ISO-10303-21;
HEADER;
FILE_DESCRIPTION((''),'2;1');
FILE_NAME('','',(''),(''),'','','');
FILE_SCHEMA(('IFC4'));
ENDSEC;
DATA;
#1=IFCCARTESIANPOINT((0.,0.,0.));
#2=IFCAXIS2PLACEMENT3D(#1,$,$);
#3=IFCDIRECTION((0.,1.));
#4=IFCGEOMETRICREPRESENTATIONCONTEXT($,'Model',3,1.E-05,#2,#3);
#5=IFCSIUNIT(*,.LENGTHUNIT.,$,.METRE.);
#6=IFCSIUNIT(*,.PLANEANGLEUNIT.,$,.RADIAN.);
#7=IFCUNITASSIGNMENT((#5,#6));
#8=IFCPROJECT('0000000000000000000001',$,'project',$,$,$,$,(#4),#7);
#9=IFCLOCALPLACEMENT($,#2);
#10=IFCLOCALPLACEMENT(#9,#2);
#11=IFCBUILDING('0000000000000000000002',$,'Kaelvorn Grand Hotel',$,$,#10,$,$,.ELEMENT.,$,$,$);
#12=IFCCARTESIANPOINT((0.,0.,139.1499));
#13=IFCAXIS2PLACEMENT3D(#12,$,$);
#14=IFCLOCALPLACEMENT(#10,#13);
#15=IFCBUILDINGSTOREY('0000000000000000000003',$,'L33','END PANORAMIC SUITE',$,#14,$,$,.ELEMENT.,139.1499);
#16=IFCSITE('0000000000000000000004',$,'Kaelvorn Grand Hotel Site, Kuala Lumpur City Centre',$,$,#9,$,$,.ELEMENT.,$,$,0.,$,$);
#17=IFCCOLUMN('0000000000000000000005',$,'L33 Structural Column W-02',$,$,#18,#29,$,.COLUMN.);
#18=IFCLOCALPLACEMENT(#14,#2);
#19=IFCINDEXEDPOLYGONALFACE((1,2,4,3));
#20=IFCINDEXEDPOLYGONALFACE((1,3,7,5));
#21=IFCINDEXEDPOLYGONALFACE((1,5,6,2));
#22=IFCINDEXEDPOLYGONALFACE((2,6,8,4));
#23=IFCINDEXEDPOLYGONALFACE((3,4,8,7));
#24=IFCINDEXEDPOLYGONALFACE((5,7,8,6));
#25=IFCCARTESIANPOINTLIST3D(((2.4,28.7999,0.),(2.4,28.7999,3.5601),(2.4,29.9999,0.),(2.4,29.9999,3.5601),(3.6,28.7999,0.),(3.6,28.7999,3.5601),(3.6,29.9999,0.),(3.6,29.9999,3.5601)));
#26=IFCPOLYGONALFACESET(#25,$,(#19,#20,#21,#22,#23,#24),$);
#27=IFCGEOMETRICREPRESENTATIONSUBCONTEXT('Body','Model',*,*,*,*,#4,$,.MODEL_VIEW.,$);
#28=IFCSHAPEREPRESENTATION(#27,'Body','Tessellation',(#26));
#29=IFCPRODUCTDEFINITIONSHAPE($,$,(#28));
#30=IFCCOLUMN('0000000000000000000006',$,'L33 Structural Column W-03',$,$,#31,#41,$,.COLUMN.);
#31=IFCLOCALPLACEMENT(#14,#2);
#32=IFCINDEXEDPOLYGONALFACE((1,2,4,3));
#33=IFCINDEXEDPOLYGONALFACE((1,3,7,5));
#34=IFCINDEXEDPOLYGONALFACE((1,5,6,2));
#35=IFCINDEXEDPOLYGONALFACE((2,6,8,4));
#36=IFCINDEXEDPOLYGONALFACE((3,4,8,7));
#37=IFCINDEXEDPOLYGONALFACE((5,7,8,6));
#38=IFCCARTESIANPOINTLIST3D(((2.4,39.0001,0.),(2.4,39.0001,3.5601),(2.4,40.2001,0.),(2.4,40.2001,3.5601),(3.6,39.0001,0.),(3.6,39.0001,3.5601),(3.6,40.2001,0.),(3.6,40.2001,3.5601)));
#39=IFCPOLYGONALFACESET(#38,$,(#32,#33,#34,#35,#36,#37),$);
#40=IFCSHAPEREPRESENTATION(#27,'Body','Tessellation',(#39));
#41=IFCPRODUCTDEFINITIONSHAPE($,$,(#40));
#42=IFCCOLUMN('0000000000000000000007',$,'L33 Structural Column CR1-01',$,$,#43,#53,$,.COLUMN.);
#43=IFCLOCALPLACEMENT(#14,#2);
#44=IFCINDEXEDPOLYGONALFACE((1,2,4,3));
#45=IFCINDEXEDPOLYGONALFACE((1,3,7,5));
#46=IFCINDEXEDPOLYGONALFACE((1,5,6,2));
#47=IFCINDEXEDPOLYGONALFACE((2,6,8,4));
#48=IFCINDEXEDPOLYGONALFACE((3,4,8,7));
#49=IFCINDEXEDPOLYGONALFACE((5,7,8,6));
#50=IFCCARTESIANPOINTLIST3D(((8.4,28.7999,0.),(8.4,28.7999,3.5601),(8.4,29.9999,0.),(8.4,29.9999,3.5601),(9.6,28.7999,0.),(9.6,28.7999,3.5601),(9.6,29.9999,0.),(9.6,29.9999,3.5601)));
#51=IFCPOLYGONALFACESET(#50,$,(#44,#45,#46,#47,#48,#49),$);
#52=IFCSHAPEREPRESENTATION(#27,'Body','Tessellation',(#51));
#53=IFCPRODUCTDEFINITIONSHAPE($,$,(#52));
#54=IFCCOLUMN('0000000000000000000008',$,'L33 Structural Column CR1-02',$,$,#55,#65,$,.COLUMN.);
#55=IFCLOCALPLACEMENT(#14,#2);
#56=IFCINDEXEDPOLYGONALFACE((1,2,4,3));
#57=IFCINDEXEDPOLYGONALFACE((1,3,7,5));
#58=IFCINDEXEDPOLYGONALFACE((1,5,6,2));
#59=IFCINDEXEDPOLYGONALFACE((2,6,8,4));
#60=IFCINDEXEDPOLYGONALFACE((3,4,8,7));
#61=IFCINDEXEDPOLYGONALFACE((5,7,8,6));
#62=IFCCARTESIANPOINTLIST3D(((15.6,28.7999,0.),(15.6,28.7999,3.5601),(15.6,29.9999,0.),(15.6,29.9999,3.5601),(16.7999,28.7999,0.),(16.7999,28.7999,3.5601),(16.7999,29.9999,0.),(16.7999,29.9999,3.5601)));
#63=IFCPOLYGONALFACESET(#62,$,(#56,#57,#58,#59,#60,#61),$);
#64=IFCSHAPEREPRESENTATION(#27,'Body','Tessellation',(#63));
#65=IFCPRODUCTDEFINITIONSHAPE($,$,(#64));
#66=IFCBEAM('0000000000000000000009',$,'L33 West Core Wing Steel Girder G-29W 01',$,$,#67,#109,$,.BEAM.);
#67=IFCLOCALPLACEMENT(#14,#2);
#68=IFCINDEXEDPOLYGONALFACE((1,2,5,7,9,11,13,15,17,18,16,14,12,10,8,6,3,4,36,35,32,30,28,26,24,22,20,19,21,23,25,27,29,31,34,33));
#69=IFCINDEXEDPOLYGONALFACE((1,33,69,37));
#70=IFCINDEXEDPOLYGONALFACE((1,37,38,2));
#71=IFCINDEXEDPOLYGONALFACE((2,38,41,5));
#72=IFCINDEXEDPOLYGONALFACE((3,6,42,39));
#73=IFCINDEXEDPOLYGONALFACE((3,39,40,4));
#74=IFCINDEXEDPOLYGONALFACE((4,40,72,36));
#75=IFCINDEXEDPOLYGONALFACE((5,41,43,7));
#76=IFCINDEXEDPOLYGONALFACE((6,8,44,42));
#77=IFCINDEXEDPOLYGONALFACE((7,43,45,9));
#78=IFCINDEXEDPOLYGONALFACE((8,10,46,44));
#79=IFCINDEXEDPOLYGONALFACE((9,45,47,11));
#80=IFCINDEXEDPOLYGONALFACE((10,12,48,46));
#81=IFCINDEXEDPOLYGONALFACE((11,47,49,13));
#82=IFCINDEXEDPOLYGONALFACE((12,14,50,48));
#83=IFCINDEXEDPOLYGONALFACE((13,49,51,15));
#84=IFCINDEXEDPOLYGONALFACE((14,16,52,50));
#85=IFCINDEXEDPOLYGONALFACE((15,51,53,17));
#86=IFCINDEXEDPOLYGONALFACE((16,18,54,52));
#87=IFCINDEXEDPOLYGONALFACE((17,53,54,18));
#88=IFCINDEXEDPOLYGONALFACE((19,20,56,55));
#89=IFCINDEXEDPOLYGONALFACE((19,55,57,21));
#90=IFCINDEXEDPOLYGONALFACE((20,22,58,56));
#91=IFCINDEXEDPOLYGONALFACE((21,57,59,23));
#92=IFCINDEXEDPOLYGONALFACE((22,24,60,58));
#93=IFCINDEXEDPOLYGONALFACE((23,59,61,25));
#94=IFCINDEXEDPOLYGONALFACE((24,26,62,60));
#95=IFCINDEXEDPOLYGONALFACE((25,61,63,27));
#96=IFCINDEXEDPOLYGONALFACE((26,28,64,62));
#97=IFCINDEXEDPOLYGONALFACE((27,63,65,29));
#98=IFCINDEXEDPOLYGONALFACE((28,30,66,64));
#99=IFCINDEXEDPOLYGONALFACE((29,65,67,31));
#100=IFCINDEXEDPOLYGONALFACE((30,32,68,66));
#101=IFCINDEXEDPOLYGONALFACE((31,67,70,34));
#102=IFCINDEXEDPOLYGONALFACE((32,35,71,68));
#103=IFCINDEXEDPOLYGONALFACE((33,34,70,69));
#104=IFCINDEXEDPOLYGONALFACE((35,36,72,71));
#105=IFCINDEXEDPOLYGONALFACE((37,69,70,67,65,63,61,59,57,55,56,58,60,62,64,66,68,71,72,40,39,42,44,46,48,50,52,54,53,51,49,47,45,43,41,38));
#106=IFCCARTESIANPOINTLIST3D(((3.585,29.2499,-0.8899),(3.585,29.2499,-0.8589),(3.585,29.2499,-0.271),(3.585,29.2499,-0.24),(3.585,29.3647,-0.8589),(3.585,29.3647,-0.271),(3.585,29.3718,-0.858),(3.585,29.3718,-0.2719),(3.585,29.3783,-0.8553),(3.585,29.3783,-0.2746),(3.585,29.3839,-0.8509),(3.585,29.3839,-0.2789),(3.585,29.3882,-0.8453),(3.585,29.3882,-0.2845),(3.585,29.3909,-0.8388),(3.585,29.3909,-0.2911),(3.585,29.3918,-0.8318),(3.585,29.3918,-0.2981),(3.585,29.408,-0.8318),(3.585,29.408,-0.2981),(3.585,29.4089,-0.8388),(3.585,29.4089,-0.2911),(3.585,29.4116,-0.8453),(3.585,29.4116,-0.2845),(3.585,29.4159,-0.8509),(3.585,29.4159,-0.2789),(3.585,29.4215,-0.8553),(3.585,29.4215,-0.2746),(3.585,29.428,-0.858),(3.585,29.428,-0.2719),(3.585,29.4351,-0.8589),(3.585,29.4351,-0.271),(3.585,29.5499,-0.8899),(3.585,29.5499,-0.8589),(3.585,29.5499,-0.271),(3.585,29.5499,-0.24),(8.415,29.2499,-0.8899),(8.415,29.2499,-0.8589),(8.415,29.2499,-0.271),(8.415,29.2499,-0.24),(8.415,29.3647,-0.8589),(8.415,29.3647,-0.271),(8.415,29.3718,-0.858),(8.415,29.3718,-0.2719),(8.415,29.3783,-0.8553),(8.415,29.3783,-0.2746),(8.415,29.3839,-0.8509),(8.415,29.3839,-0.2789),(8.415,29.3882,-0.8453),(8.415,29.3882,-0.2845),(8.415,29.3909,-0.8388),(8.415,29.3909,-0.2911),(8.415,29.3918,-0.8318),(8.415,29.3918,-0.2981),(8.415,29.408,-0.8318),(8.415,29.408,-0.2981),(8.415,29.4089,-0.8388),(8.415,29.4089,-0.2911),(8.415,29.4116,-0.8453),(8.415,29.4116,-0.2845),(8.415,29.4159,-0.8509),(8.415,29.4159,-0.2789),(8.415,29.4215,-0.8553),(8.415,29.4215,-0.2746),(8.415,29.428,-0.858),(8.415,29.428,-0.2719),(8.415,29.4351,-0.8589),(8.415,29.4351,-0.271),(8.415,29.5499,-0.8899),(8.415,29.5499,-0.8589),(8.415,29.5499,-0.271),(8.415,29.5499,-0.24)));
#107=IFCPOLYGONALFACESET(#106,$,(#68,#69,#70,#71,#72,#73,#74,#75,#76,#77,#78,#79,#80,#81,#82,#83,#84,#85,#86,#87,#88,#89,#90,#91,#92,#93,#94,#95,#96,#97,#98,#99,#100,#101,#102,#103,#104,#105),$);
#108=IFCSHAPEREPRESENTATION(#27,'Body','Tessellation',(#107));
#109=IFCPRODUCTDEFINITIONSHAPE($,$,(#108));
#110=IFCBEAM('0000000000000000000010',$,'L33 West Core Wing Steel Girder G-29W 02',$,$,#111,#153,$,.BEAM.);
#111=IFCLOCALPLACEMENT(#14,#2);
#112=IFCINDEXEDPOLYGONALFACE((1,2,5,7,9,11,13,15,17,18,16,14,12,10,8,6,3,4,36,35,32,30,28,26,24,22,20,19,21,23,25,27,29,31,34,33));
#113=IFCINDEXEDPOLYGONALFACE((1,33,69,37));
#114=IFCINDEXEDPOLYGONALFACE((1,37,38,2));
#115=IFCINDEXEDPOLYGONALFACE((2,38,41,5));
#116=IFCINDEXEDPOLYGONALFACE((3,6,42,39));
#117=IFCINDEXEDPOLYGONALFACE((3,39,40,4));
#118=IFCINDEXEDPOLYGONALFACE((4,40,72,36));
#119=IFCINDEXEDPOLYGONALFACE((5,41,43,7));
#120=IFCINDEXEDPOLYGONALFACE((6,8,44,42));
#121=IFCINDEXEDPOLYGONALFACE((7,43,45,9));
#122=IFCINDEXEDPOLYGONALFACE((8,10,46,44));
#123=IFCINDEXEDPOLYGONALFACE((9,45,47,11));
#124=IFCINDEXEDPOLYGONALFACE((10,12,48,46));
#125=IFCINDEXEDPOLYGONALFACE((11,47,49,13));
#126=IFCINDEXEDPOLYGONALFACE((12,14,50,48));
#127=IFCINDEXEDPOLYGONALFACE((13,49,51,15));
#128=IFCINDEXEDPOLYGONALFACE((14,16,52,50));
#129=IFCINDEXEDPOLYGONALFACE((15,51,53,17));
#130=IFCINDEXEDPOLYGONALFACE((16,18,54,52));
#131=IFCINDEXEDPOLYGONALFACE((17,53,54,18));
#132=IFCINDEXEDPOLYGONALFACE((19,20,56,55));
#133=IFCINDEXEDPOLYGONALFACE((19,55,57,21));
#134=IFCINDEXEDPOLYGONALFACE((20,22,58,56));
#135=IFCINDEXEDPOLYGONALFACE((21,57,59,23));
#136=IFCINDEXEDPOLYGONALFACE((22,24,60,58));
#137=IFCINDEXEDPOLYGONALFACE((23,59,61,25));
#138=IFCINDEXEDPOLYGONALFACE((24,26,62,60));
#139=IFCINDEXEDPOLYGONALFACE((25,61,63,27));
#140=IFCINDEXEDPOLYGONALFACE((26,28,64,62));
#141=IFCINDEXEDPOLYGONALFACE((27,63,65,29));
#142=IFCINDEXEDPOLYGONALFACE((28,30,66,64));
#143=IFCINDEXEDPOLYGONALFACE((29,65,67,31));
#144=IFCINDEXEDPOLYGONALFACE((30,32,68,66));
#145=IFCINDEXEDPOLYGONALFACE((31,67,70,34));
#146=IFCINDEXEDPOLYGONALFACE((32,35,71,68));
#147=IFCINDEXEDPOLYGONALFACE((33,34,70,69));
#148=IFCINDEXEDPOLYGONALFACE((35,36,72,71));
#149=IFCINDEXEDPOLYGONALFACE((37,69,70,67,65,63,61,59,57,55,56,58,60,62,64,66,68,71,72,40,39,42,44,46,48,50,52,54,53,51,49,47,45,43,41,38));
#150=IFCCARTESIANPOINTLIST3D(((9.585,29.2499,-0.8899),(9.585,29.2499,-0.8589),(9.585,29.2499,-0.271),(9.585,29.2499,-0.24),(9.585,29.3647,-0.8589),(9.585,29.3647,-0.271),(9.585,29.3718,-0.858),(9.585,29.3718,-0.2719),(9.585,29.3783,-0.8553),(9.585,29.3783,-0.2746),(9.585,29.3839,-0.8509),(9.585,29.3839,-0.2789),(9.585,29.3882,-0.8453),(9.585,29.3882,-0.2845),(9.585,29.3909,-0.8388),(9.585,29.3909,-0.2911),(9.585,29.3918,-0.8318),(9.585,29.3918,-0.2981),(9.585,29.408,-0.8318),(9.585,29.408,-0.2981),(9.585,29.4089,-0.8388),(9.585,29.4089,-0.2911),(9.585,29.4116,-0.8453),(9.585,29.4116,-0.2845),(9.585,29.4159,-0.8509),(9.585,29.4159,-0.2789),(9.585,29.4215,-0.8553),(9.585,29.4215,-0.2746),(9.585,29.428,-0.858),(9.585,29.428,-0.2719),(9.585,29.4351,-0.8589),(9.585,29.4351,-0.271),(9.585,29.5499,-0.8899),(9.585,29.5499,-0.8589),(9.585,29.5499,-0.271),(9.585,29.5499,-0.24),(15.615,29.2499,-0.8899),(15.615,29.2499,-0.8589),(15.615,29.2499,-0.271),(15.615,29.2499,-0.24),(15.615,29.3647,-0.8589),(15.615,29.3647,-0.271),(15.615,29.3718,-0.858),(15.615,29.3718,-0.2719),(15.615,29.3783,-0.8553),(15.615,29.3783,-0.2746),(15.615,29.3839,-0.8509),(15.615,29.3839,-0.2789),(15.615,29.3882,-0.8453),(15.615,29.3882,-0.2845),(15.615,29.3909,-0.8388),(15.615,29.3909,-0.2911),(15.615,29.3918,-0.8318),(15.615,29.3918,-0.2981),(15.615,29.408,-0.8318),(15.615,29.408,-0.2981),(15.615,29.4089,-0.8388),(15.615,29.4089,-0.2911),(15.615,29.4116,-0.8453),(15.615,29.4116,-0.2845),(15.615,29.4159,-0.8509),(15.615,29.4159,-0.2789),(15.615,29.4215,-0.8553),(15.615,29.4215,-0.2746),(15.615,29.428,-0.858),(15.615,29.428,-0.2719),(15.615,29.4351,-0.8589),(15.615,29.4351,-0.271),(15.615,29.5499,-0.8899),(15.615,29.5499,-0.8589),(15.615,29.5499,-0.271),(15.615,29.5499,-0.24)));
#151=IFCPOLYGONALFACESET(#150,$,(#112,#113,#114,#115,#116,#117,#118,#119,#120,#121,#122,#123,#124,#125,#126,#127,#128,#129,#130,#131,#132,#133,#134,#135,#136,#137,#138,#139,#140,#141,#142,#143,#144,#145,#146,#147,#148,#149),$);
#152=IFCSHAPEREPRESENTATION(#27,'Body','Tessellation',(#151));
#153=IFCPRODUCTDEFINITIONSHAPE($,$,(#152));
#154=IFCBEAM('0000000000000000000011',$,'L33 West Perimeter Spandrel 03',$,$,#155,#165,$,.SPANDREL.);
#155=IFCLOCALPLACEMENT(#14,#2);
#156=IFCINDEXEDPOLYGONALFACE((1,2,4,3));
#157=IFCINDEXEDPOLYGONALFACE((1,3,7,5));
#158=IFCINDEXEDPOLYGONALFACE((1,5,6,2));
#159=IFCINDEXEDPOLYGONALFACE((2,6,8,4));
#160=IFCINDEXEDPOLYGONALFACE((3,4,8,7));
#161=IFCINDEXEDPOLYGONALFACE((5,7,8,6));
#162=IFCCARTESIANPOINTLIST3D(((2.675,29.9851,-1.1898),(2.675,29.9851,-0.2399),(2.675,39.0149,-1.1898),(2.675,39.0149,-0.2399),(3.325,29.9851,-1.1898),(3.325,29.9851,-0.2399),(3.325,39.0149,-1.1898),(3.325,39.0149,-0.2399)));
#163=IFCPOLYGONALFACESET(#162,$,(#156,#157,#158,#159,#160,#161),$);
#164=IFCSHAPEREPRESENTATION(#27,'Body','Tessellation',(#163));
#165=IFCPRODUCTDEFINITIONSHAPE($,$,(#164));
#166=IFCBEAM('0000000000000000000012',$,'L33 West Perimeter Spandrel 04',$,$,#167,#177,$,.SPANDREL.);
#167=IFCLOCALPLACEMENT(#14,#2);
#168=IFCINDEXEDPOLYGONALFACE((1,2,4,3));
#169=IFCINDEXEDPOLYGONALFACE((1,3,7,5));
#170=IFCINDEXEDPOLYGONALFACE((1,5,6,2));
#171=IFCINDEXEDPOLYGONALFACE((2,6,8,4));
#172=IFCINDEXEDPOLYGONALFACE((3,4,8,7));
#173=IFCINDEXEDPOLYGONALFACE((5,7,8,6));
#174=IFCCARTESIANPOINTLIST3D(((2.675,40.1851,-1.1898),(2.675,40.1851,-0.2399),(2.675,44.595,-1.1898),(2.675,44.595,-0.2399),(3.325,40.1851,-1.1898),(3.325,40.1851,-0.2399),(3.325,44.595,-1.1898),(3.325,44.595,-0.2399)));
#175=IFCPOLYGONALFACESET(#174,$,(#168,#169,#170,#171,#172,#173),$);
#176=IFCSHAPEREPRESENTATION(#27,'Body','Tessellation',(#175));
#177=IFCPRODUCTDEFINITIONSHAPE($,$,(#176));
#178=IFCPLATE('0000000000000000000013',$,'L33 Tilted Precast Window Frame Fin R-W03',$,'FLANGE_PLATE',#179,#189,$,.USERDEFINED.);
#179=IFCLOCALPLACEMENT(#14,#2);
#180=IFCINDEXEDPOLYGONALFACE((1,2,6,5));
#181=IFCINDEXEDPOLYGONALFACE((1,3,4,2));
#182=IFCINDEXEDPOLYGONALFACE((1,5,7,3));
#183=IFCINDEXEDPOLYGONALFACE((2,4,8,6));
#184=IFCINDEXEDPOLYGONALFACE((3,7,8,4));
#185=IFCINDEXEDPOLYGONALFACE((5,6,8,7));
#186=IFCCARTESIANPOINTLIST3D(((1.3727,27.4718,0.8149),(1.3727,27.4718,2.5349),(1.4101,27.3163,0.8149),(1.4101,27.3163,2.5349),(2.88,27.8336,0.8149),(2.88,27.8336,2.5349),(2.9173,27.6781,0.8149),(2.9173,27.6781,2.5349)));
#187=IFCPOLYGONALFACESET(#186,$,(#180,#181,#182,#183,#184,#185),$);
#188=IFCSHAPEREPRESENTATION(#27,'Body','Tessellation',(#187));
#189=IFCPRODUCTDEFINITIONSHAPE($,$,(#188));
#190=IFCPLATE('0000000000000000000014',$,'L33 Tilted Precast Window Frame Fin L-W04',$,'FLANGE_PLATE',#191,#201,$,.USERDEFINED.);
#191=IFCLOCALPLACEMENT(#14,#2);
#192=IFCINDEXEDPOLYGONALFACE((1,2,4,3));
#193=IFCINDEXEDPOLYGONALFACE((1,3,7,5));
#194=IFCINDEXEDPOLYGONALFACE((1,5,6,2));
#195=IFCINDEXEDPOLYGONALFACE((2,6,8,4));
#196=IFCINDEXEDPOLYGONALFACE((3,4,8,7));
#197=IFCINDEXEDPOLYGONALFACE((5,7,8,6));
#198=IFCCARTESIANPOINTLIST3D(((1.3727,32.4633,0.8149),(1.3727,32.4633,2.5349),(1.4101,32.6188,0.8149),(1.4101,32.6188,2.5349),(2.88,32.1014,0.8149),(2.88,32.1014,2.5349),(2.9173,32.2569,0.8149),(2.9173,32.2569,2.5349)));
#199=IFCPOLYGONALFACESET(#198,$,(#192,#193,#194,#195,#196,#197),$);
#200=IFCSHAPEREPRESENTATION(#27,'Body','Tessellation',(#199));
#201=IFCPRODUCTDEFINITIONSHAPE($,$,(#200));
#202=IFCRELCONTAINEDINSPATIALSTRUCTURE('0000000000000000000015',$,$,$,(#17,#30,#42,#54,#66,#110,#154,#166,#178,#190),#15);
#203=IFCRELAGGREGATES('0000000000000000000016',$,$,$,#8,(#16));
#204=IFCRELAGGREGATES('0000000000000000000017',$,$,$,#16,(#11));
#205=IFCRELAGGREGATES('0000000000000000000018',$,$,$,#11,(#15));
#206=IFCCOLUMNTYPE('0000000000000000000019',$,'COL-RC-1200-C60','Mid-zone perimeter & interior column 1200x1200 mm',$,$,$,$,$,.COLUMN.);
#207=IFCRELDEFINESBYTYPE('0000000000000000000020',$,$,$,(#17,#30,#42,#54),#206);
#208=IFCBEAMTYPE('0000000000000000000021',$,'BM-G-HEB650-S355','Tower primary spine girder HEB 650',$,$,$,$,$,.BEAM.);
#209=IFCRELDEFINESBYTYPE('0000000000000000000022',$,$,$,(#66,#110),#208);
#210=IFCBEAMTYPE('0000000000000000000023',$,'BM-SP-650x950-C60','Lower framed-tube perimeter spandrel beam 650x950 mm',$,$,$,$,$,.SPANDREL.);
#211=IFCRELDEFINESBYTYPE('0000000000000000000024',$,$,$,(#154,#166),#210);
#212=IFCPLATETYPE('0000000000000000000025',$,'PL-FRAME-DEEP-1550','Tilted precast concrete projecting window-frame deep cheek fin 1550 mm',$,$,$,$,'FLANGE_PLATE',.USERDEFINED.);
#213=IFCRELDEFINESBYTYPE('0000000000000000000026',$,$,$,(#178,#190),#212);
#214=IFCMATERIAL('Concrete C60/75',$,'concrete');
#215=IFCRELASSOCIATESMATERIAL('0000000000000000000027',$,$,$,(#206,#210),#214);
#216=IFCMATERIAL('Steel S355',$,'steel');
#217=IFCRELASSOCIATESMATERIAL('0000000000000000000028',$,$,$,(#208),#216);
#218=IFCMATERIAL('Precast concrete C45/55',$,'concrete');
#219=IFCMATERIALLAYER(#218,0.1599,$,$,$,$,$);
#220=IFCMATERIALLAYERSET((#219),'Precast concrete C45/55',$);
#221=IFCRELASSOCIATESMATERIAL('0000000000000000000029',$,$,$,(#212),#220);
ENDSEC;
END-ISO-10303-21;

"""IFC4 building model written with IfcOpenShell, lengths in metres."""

from ifc_helpers import new_model, si_unit, direction, frame, origin, origin_2d, place, context, subcontext, project, spatial, rectangle, i_section, extrude, material, layer, layer_set, material_profile, profile_set, type_object, element, save


model = new_model("IFC4")

# Units and contexts
model_context = context("Model", 3, precision=1e-05, world=origin(), true_north=direction((0.0, 1.0)))
body_context = subcontext(model_context, "Body", "Model", "MODEL_VIEW")
ifc_project = project(units=[si_unit("LENGTHUNIT", "METRE"), si_unit("PLANEANGLEUNIT", "RADIAN")], contexts=[model_context])

# Site, building, storey
site_placement = place(None, origin())
site = spatial("IfcSite", under=ifc_project, at=site_placement, Name="Kaelvorn Grand Hotel Site, Kuala Lumpur City Centre", CompositionType="ELEMENT", RefElevation=0.0)
building_placement = place(site_placement, origin())
building = spatial("IfcBuilding", under=site, at=building_placement, Name="Kaelvorn Grand Hotel", CompositionType="ELEMENT")
storey_placement = place(building_placement, frame((0.0, 0.0, 139.1499)))
storey = spatial("IfcBuildingStorey", under=building, at=storey_placement, Name="L33", Description="END PANORAMIC SUITE", CompositionType="ELEMENT", Elevation=139.1499)

# Columns
ifc_material_1 = material(Name="Concrete C60/75", Category="concrete")
ifc_material_profile_1 = material_profile(ifc_material_1, rectangle(XDim=1.2, YDim=1.2, at=origin_2d()), Name="RC COL 1200x1200")
ifc_profile_set_1 = profile_set([ifc_material_profile_1], Name="Concrete C60/75")
column_type = type_object("IfcColumnType", Name="COL-RC-1200-C60", Description="Mid-zone perimeter & interior column 1200x1200 mm", PredefinedType="COLUMN", material=ifc_profile_set_1)
for number, where, z_axis, x_axis, name in (
    (1, (3.0, 29.3999, 0.0), (0.0, 0.0, 1.0), (1.0, 0.0, 0.0), "L33 Structural Column W-02"),
    (2, (3.0, 39.6001, 0.0), (0.0, 0.0, 1.0), (1.0, 0.0, 0.0), "L33 Structural Column W-03"),
    (3, (9.0, 29.3999, 0.0), (0.0, 0.0, 1.0), (1.0, 0.0, 0.0), "L33 Structural Column CR1-01"),
    (4, (16.2, 29.3999, 0.0), (0.0, 0.0, 1.0), (1.0, 0.0, 0.0), "L33 Structural Column CR1-02"),
):
    element("IfcColumn", number, at=place(storey_placement, frame(where, z_axis=z_axis, x_axis=x_axis)), inside=storey, type_object=column_type, Name=name, PredefinedType="COLUMN", context=body_context, shape_type="SweptSolid", body=[
        extrude(rectangle(XDim=1.2, YDim=1.2, at=origin_2d()), origin(), (0.0, 0.0, 1.0), 3.5601),
    ])

# Beams
ifc_material_2 = material(Name="Steel S355", Category="steel")
ifc_material_profile_2 = material_profile(ifc_material_2, i_section(OverallWidth=0.3, OverallDepth=0.6499, WebThickness=0.0161, FlangeThickness=0.031, FilletRadius=0.0271, at=origin_2d()), Name="HEB 650")
ifc_profile_set_2 = profile_set([ifc_material_profile_2], Name="Steel S355")
beam_type_1 = type_object("IfcBeamType", Name="BM-G-HEB650-S355", Description="Tower primary spine girder HEB 650", PredefinedType="BEAM", material=ifc_profile_set_2)
beam_1_placement = place(storey_placement, frame((3.585, 29.3999, -0.5649), z_axis=(1.0, 0.0, 0.0), x_axis=(0.0, 1.0, 0.0)))
element("IfcBeam", 5, at=beam_1_placement, inside=storey, type_object=beam_type_1, Name="L33 West Core Wing Steel Girder G-29W 01", PredefinedType="BEAM", context=body_context, shape_type="SweptSolid", body=[
    extrude(i_section(OverallWidth=0.3, OverallDepth=0.6499, WebThickness=0.0161, FlangeThickness=0.031, FilletRadius=0.0271, at=origin_2d()), origin(), (0.0, 0.0, 1.0), 4.8301),
])
beam_2_placement = place(storey_placement, frame((9.585, 29.3999, -0.5649), z_axis=(1.0, 0.0, 0.0), x_axis=(0.0, 1.0, 0.0)))
element("IfcBeam", 6, at=beam_2_placement, inside=storey, type_object=beam_type_1, Name="L33 West Core Wing Steel Girder G-29W 02", PredefinedType="BEAM", context=body_context, shape_type="SweptSolid", body=[
    extrude(i_section(OverallWidth=0.3, OverallDepth=0.6499, WebThickness=0.0161, FlangeThickness=0.031, FilletRadius=0.0271, at=origin_2d()), origin(), (0.0, 0.0, 1.0), 6.03),
])
ifc_material_profile_3 = material_profile(ifc_material_1, rectangle(XDim=0.6499, YDim=0.95, at=origin_2d()), Name="RC SPANDREL 650x950")
ifc_profile_set_3 = profile_set([ifc_material_profile_3], Name="Concrete C60/75")
beam_type_2 = type_object("IfcBeamType", Name="BM-SP-650x950-C60", Description="Lower framed-tube perimeter spandrel beam 650x950 mm", PredefinedType="SPANDREL", material=ifc_profile_set_3)
beam_3_placement = place(storey_placement, frame((3.0, 29.9851, -0.7148), z_axis=(0.0, 1.0, 0.0), x_axis=(-1.0, 0.0, 0.0)))
element("IfcBeam", 7, at=beam_3_placement, inside=storey, type_object=beam_type_2, Name="L33 West Perimeter Spandrel 03", PredefinedType="SPANDREL", context=body_context, shape_type="SweptSolid", body=[
    extrude(rectangle(XDim=0.6499, YDim=0.95, at=origin_2d()), origin(), (0.0, 0.0, 1.0), 9.0298),
])
beam_4_placement = place(storey_placement, frame((3.0, 40.1851, -0.7148), z_axis=(0.0, 1.0, 0.0), x_axis=(-1.0, 0.0, 0.0)))
element("IfcBeam", 8, at=beam_4_placement, inside=storey, type_object=beam_type_2, Name="L33 West Perimeter Spandrel 04", PredefinedType="SPANDREL", context=body_context, shape_type="SweptSolid", body=[
    extrude(rectangle(XDim=0.6499, YDim=0.95, at=origin_2d()), origin(), (0.0, 0.0, 1.0), 4.4099),
])

# Plates
ifc_material_3 = material(Name="Precast concrete C45/55", Category="concrete")
ifc_layer_1 = layer(ifc_material_3, 0.1599)
ifc_layer_set_1 = layer_set([ifc_layer_1], Name="Precast concrete C45/55")
plate_type_1 = type_object("IfcPlateType", Name="PL-FRAME-DEEP-1550", Description="Tilted precast concrete projecting window-frame deep cheek fin 1550 mm", ElementType="FLANGE_PLATE", PredefinedType="USERDEFINED", material=ifc_layer_set_1)
for number, where, z_axis, x_axis, name in (
    (9, (2.145, 27.575, 0.8149), (0.0, 0.0, 1.0), (-0.233445, 0.97237, 0.0), "L33 Tilted Precast Window Frame Fin R-W03"),
    (10, (2.145, 32.3601, 0.8149), (0.0, 0.0, 1.0), (0.233445, 0.97237, 0.0), "L33 Tilted Precast Window Frame Fin L-W04"),
):
    element("IfcPlate", number, at=place(storey_placement, frame(where, z_axis=z_axis, x_axis=x_axis)), inside=storey, type_object=plate_type_1, Name=name, ObjectType="FLANGE_PLATE", PredefinedType="USERDEFINED", context=body_context, shape_type="SweptSolid", body=[
        extrude(rectangle(XDim=0.1599, YDim=1.55, at=origin_2d()), origin(), (0.0, 0.0, 1.0), 1.72),
    ])

save(model, "model.ifc")
